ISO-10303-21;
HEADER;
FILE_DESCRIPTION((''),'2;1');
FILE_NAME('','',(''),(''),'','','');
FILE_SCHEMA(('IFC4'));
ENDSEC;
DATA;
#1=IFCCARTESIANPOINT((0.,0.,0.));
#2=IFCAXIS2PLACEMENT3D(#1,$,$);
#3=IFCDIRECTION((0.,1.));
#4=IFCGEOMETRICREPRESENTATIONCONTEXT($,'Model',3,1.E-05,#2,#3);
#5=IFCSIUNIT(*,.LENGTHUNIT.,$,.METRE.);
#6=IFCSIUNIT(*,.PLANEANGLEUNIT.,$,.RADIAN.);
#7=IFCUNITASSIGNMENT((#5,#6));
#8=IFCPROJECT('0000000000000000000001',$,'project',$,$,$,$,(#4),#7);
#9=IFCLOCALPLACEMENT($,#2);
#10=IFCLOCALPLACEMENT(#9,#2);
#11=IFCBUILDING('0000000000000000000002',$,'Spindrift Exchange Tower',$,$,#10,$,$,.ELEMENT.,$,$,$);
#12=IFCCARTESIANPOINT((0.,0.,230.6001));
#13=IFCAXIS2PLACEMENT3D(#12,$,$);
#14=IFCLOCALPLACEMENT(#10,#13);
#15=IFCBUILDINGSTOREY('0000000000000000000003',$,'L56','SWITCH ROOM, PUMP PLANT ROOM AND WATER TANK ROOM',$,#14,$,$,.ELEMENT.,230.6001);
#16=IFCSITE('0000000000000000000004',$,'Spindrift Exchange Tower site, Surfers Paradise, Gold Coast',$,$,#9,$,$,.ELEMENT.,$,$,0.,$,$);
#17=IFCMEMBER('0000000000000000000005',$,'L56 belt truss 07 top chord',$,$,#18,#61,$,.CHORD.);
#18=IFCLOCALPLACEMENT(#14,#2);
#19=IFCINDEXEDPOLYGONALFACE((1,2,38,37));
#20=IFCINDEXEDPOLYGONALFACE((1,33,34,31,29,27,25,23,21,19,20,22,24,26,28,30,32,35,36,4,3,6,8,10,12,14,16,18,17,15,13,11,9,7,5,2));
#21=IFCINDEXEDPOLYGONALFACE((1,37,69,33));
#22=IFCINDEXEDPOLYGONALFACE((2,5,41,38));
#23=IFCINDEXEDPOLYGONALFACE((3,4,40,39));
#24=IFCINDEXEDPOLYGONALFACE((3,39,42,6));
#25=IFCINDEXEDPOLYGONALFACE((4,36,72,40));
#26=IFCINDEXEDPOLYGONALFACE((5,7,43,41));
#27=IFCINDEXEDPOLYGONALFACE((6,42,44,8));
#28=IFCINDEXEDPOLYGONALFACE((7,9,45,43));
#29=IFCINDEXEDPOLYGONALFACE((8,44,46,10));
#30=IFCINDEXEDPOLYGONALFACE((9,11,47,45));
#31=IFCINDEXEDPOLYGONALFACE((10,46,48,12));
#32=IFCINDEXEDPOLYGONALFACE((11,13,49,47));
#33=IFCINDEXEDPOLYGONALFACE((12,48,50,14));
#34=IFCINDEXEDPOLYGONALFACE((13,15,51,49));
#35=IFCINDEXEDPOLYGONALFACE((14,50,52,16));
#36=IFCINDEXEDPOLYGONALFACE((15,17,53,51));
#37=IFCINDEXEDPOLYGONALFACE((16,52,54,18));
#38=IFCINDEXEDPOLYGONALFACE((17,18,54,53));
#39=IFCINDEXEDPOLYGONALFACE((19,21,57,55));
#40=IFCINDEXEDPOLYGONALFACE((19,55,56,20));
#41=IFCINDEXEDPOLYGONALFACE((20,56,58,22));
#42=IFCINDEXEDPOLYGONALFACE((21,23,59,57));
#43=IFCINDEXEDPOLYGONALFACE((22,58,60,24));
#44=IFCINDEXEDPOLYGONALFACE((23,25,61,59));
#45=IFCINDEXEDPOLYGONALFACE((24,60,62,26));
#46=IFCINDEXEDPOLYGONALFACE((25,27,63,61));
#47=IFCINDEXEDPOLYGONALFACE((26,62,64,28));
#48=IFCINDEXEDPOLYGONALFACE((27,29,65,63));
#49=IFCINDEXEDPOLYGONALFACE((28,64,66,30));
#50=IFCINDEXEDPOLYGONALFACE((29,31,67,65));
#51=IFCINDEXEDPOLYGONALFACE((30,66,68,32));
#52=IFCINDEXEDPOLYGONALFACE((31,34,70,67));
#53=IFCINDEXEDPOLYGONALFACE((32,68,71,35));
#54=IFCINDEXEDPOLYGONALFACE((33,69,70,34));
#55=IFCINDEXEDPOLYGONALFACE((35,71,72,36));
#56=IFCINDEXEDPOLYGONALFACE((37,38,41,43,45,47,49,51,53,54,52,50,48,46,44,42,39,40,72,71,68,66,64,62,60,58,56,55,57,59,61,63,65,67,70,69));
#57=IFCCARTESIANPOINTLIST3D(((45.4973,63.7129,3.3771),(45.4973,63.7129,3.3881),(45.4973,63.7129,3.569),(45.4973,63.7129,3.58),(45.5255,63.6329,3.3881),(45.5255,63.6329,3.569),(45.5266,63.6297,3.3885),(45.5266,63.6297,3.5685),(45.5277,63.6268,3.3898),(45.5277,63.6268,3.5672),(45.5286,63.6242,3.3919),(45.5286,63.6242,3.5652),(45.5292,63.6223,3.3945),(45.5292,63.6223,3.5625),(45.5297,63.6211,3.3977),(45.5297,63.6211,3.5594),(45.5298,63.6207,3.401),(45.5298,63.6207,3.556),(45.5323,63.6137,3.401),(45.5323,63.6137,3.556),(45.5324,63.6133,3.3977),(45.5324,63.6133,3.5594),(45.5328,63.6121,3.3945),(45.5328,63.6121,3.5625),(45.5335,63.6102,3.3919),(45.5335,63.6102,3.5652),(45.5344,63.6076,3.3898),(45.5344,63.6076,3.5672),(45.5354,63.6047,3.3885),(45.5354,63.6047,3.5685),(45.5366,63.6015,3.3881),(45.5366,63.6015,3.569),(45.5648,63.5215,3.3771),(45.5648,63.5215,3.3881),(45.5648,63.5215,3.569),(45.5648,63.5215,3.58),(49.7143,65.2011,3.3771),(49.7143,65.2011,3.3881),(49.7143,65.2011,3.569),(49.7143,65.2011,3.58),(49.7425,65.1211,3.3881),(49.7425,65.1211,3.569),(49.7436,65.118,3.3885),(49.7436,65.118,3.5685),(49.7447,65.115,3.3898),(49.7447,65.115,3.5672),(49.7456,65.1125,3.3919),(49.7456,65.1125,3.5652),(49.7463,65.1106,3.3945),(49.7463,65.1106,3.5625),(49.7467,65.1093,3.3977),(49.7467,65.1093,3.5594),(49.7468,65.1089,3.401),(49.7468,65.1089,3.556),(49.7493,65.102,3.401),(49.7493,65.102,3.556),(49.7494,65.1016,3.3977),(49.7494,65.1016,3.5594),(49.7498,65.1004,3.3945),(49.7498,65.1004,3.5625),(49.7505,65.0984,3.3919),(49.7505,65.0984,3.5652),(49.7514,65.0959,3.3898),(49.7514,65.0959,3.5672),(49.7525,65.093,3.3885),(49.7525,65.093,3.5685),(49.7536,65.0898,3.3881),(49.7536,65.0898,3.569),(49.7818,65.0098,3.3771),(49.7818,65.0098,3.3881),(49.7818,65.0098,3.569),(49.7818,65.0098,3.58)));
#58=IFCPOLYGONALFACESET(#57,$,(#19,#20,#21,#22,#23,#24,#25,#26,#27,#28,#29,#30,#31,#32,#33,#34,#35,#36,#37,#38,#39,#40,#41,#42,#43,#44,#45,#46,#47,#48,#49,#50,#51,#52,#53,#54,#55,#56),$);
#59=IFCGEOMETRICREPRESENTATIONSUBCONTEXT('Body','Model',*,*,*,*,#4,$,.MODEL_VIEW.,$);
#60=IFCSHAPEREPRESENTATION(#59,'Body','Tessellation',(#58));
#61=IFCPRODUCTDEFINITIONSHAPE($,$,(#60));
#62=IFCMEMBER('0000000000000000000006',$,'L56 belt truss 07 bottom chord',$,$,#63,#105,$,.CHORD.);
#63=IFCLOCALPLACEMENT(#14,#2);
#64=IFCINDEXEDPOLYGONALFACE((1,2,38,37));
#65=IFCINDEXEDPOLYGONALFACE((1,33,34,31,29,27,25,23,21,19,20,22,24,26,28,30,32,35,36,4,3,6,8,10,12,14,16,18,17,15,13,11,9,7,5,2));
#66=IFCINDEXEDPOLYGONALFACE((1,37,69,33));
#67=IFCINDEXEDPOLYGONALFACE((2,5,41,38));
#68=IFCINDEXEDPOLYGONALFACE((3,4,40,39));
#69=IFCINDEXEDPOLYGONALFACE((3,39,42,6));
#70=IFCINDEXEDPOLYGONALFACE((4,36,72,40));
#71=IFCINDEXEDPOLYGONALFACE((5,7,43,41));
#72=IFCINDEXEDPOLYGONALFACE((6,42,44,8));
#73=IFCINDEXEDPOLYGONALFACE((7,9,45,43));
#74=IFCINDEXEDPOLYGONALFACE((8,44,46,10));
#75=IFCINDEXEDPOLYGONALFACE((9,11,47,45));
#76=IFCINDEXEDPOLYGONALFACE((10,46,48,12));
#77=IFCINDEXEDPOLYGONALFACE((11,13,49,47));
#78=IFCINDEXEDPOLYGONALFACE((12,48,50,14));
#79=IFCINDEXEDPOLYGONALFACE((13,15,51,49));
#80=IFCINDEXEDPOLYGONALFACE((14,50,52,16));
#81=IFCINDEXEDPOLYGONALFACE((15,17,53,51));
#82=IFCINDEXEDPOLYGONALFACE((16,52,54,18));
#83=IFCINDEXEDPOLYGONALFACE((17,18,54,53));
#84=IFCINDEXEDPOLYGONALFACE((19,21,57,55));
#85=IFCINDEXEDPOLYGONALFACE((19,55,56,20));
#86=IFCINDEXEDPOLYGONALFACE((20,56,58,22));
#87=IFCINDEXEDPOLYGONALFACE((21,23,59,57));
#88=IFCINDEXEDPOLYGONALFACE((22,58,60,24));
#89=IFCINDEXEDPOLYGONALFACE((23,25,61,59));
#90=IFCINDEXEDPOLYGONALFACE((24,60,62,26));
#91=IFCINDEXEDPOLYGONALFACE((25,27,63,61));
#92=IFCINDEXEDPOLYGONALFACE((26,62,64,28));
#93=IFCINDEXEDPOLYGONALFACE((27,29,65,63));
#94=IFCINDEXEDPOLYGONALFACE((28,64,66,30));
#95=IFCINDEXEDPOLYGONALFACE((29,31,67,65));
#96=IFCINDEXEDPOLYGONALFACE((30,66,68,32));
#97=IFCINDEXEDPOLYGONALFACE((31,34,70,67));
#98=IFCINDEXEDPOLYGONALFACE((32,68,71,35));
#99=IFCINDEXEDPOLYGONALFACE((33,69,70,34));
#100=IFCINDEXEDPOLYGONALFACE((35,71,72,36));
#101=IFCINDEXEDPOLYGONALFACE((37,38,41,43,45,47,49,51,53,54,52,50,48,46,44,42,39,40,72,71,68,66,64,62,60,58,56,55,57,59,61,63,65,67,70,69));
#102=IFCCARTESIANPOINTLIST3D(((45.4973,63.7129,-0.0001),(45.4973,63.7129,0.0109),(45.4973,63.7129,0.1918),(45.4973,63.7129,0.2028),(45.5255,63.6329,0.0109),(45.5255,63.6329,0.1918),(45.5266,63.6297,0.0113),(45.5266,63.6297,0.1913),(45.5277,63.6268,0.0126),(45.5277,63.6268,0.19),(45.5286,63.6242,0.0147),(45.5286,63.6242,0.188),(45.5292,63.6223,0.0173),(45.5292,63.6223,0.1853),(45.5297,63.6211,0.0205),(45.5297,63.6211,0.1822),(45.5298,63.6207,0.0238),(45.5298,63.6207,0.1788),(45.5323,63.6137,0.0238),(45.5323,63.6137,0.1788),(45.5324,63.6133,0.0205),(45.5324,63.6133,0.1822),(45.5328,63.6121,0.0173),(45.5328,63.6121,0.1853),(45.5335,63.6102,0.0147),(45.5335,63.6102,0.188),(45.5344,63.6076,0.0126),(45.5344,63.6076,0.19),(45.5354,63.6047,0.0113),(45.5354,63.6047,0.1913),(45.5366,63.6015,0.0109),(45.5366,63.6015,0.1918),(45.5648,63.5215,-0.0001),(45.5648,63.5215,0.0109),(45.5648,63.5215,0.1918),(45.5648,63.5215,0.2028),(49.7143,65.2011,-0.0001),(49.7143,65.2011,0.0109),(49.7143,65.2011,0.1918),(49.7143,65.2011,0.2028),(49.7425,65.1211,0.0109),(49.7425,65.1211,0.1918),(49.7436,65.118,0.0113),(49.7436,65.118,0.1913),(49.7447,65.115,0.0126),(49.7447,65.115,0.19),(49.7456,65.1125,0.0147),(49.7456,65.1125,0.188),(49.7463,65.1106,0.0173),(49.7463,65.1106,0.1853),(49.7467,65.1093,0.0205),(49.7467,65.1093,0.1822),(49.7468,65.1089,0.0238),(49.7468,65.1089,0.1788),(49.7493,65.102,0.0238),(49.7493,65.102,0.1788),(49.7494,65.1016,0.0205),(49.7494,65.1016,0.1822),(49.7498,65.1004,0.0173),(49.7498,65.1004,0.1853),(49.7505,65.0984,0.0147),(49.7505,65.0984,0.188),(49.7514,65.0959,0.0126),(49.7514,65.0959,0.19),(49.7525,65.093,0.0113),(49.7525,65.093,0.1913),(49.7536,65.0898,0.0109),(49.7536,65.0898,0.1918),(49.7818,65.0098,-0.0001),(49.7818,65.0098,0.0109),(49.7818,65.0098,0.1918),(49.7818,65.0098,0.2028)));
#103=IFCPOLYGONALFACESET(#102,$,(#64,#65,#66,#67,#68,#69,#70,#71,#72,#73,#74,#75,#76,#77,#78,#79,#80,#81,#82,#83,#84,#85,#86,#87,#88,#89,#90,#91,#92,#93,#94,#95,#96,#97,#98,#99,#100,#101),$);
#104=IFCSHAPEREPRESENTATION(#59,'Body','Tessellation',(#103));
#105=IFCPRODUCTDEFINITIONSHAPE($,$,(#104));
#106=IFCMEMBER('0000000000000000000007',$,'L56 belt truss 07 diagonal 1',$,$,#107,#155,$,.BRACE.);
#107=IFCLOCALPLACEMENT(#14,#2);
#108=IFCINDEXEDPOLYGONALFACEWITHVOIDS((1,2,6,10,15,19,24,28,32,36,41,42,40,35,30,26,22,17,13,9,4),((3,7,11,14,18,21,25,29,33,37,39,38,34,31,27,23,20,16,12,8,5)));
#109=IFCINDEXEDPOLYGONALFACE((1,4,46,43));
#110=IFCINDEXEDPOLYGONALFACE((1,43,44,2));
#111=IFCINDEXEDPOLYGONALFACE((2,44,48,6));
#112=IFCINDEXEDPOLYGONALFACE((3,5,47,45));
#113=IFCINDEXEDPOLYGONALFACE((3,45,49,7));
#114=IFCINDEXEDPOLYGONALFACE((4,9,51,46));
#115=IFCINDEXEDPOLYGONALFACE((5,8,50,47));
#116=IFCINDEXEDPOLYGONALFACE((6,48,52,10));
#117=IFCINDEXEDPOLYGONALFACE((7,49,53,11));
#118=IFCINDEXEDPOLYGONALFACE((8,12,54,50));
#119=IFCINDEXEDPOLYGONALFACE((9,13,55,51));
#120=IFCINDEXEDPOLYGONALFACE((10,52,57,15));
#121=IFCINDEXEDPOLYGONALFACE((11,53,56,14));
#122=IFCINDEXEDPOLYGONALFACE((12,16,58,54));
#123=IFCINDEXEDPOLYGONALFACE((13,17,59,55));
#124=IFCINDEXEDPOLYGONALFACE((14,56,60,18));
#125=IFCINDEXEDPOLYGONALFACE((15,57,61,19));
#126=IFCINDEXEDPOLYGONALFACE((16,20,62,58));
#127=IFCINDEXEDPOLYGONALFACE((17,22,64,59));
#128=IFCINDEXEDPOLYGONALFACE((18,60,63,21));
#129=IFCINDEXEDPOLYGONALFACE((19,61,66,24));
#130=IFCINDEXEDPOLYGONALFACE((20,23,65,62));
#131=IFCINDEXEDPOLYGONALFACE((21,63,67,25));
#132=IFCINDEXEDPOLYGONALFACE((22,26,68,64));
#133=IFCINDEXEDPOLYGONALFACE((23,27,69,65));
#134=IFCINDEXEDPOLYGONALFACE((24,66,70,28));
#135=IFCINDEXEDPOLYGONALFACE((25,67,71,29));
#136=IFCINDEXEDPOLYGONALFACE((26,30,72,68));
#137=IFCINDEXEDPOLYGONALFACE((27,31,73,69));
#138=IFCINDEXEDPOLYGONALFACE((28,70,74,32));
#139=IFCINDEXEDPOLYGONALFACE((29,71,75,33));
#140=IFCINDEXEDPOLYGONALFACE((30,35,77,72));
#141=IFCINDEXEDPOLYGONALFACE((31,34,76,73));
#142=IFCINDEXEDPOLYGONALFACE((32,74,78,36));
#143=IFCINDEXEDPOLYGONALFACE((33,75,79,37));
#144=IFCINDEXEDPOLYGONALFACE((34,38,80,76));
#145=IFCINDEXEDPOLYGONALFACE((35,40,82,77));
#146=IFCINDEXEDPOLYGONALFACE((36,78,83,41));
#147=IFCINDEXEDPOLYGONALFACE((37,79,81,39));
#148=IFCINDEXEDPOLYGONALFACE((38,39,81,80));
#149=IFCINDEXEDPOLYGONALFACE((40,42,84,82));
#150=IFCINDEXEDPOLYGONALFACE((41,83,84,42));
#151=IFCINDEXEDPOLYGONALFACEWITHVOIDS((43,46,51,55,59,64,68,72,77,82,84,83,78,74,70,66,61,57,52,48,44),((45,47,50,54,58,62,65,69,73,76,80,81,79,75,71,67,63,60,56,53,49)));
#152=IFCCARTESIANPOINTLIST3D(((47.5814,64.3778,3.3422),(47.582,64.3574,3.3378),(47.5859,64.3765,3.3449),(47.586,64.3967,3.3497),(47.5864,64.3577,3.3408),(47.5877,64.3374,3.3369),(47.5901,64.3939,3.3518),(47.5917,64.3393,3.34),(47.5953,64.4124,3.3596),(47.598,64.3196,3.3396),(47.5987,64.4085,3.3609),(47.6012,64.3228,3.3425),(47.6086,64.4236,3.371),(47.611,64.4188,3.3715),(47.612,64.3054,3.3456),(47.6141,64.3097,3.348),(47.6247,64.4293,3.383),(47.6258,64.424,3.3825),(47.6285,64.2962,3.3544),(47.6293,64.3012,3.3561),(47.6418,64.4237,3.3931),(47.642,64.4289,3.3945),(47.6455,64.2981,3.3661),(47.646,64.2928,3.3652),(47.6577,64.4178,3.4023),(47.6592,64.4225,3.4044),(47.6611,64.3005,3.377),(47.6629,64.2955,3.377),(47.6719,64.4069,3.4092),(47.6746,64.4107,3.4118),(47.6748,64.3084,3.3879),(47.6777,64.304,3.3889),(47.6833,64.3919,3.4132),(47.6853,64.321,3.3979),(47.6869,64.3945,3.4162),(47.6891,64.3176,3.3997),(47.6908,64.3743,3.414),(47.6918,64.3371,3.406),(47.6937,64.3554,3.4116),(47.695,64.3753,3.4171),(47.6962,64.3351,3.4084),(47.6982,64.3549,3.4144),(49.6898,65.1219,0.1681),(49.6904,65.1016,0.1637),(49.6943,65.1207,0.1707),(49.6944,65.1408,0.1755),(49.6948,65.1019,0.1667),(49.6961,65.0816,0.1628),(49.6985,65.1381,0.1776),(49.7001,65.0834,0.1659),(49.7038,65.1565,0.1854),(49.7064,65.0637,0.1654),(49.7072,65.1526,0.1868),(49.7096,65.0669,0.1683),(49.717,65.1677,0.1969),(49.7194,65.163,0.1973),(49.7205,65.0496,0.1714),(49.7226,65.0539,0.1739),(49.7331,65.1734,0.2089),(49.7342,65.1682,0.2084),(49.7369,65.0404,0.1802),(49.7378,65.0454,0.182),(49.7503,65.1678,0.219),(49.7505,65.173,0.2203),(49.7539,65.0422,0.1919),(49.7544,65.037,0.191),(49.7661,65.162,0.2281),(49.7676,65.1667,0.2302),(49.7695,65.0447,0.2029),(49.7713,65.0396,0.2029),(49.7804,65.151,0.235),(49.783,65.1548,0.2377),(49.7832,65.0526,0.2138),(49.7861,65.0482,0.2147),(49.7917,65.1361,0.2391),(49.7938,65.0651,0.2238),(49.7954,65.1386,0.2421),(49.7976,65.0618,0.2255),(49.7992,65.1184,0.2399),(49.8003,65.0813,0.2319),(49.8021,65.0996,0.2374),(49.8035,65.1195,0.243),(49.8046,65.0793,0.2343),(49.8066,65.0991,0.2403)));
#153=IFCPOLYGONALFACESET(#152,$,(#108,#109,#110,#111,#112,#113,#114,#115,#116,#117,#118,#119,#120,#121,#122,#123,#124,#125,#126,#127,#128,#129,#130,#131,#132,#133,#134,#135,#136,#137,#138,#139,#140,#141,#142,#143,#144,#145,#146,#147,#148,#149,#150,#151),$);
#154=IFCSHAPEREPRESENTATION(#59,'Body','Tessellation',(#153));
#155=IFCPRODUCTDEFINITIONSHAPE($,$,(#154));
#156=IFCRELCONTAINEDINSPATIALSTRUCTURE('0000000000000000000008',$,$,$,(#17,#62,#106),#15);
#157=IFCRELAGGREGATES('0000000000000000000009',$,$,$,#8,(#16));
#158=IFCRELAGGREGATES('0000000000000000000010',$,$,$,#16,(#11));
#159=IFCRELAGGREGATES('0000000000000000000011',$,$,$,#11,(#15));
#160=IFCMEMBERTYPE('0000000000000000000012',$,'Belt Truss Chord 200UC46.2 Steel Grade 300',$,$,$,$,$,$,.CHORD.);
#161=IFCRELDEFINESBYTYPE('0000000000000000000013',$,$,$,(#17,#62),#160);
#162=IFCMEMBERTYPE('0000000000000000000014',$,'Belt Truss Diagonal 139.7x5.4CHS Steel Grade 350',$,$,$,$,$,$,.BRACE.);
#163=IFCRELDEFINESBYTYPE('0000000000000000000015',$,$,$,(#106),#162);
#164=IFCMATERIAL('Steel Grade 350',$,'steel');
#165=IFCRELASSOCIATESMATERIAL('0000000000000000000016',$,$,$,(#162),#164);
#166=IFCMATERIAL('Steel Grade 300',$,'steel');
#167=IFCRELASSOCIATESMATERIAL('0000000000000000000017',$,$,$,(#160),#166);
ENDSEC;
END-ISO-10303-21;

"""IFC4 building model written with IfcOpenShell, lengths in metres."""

from ifc_helpers import new_model, si_unit, direction, frame, origin, origin_2d, place, context, subcontext, project, spatial, hollow_circle, i_section, extrude, source, transform, mapped, material, material_profile, profile_set, type_object, element, save


model = new_model("IFC4")

# Units and contexts
model_context = context("Model", 3, precision=1e-05, world=origin(), true_north=direction((0.0, 1.0)))
body_context = subcontext(model_context, "Body", "Model", "MODEL_VIEW")
ifc_project = project(units=[si_unit("LENGTHUNIT", "METRE"), si_unit("PLANEANGLEUNIT", "RADIAN")], contexts=[model_context])

# Site, building, storey
site_placement = place(None, origin())
site = spatial("IfcSite", under=ifc_project, at=site_placement, Name="Spindrift Exchange Tower site, Surfers Paradise, Gold Coast", CompositionType="ELEMENT", RefElevation=0.0)
building_placement = place(site_placement, origin())
building = spatial("IfcBuilding", under=site, at=building_placement, Name="Spindrift Exchange Tower", CompositionType="ELEMENT")
storey_placement = place(building_placement, frame((0.0, 0.0, 230.6001)))
storey = spatial("IfcBuildingStorey", under=building, at=storey_placement, Name="L56", Description="SWITCH ROOM, PUMP PLANT ROOM AND WATER TANK ROOM", CompositionType="ELEMENT", Elevation=230.6001)

# Members
ifc_material_1 = material(Name="Steel Grade 300", Category="steel")
ifc_material_2 = material(Name="Steel Grade 350", Category="steel")
ifc_material_profile_1 = material_profile(ifc_material_2, hollow_circle(Radius=0.0698, WallThickness=0.0054, at=origin_2d()), Name="139.7x5.4CHS")
ifc_profile_set_1 = profile_set([ifc_material_profile_1], Name="Steel Grade 350")
member_type_1 = type_object("IfcMemberType", Name="Belt Truss Diagonal 139.7x5.4CHS Steel Grade 350", PredefinedType="BRACE", material=ifc_profile_set_1)
ifc_material_profile_2 = material_profile(ifc_material_1, i_section(OverallWidth=0.2029, OverallDepth=0.2029, WebThickness=0.0073, FlangeThickness=0.011, FilletRadius=0.0129, at=origin_2d()), Name="200UC46.2")
ifc_profile_set_2 = profile_set([ifc_material_profile_2], Name="Steel Grade 300")
member_type_2 = type_object("IfcMemberType", Name="Belt Truss Chord 200UC46.2 Steel Grade 300", PredefinedType="CHORD", material=ifc_profile_set_2)
shared_shape_1 = source(origin(), body_context, "Body", "SweptSolid", [
    extrude(i_section(OverallWidth=0.2029, OverallDepth=0.2029, WebThickness=0.0073, FlangeThickness=0.011, FilletRadius=0.0129, at=origin_2d()), origin(), (0.0, 0.0, 1.0), 4.4719),
])
for number, where, z_axis, x_axis, name in (
    (1, (49.748, 65.1055, 3.4785), (-0.942996, -0.332803, 0.0), (0.332803, -0.942996, 0.0), "L56 belt truss 07 top chord"),
    (2, (49.748, 65.1055, 0.1013), (-0.942996, -0.332803, 0.0), (0.332803, -0.942996, 0.0), "L56 belt truss 07 bottom chord"),
):
    element("IfcMember", number, at=place(storey_placement, frame(where, z_axis=z_axis, x_axis=x_axis)), inside=storey, type_object=member_type_2, Name=name, PredefinedType="CHORD", context=body_context, shape_type="MappedRepresentation", body=[
        mapped(shared_shape_1, transform((0.0, 0.0, 0.0), scale=1.0)),
    ])
shared_shape_2 = source(origin(), body_context, "Body", "SweptSolid", [
    extrude(hollow_circle(Radius=0.0698, WallThickness=0.0054, at=origin_2d()), origin(), (0.0, 0.0, 1.0), 3.8826),
])
for number, where, z_axis, x_axis, name in (
    (3, (49.748, 65.1055, 0.2029), (-0.543051, -0.191665, 0.817533), (0.33282, -0.94299, 0.0), "L56 belt truss 07 diagonal 1"),
):
    element("IfcMember", number, at=place(storey_placement, frame(where, z_axis=z_axis, x_axis=x_axis)), inside=storey, type_object=member_type_1, Name=name, PredefinedType="BRACE", context=body_context, shape_type="MappedRepresentation", body=[
        mapped(shared_shape_2, transform((0.0, 0.0, 0.0), scale=1.0)),
    ])

save(model, "model.ifc")
